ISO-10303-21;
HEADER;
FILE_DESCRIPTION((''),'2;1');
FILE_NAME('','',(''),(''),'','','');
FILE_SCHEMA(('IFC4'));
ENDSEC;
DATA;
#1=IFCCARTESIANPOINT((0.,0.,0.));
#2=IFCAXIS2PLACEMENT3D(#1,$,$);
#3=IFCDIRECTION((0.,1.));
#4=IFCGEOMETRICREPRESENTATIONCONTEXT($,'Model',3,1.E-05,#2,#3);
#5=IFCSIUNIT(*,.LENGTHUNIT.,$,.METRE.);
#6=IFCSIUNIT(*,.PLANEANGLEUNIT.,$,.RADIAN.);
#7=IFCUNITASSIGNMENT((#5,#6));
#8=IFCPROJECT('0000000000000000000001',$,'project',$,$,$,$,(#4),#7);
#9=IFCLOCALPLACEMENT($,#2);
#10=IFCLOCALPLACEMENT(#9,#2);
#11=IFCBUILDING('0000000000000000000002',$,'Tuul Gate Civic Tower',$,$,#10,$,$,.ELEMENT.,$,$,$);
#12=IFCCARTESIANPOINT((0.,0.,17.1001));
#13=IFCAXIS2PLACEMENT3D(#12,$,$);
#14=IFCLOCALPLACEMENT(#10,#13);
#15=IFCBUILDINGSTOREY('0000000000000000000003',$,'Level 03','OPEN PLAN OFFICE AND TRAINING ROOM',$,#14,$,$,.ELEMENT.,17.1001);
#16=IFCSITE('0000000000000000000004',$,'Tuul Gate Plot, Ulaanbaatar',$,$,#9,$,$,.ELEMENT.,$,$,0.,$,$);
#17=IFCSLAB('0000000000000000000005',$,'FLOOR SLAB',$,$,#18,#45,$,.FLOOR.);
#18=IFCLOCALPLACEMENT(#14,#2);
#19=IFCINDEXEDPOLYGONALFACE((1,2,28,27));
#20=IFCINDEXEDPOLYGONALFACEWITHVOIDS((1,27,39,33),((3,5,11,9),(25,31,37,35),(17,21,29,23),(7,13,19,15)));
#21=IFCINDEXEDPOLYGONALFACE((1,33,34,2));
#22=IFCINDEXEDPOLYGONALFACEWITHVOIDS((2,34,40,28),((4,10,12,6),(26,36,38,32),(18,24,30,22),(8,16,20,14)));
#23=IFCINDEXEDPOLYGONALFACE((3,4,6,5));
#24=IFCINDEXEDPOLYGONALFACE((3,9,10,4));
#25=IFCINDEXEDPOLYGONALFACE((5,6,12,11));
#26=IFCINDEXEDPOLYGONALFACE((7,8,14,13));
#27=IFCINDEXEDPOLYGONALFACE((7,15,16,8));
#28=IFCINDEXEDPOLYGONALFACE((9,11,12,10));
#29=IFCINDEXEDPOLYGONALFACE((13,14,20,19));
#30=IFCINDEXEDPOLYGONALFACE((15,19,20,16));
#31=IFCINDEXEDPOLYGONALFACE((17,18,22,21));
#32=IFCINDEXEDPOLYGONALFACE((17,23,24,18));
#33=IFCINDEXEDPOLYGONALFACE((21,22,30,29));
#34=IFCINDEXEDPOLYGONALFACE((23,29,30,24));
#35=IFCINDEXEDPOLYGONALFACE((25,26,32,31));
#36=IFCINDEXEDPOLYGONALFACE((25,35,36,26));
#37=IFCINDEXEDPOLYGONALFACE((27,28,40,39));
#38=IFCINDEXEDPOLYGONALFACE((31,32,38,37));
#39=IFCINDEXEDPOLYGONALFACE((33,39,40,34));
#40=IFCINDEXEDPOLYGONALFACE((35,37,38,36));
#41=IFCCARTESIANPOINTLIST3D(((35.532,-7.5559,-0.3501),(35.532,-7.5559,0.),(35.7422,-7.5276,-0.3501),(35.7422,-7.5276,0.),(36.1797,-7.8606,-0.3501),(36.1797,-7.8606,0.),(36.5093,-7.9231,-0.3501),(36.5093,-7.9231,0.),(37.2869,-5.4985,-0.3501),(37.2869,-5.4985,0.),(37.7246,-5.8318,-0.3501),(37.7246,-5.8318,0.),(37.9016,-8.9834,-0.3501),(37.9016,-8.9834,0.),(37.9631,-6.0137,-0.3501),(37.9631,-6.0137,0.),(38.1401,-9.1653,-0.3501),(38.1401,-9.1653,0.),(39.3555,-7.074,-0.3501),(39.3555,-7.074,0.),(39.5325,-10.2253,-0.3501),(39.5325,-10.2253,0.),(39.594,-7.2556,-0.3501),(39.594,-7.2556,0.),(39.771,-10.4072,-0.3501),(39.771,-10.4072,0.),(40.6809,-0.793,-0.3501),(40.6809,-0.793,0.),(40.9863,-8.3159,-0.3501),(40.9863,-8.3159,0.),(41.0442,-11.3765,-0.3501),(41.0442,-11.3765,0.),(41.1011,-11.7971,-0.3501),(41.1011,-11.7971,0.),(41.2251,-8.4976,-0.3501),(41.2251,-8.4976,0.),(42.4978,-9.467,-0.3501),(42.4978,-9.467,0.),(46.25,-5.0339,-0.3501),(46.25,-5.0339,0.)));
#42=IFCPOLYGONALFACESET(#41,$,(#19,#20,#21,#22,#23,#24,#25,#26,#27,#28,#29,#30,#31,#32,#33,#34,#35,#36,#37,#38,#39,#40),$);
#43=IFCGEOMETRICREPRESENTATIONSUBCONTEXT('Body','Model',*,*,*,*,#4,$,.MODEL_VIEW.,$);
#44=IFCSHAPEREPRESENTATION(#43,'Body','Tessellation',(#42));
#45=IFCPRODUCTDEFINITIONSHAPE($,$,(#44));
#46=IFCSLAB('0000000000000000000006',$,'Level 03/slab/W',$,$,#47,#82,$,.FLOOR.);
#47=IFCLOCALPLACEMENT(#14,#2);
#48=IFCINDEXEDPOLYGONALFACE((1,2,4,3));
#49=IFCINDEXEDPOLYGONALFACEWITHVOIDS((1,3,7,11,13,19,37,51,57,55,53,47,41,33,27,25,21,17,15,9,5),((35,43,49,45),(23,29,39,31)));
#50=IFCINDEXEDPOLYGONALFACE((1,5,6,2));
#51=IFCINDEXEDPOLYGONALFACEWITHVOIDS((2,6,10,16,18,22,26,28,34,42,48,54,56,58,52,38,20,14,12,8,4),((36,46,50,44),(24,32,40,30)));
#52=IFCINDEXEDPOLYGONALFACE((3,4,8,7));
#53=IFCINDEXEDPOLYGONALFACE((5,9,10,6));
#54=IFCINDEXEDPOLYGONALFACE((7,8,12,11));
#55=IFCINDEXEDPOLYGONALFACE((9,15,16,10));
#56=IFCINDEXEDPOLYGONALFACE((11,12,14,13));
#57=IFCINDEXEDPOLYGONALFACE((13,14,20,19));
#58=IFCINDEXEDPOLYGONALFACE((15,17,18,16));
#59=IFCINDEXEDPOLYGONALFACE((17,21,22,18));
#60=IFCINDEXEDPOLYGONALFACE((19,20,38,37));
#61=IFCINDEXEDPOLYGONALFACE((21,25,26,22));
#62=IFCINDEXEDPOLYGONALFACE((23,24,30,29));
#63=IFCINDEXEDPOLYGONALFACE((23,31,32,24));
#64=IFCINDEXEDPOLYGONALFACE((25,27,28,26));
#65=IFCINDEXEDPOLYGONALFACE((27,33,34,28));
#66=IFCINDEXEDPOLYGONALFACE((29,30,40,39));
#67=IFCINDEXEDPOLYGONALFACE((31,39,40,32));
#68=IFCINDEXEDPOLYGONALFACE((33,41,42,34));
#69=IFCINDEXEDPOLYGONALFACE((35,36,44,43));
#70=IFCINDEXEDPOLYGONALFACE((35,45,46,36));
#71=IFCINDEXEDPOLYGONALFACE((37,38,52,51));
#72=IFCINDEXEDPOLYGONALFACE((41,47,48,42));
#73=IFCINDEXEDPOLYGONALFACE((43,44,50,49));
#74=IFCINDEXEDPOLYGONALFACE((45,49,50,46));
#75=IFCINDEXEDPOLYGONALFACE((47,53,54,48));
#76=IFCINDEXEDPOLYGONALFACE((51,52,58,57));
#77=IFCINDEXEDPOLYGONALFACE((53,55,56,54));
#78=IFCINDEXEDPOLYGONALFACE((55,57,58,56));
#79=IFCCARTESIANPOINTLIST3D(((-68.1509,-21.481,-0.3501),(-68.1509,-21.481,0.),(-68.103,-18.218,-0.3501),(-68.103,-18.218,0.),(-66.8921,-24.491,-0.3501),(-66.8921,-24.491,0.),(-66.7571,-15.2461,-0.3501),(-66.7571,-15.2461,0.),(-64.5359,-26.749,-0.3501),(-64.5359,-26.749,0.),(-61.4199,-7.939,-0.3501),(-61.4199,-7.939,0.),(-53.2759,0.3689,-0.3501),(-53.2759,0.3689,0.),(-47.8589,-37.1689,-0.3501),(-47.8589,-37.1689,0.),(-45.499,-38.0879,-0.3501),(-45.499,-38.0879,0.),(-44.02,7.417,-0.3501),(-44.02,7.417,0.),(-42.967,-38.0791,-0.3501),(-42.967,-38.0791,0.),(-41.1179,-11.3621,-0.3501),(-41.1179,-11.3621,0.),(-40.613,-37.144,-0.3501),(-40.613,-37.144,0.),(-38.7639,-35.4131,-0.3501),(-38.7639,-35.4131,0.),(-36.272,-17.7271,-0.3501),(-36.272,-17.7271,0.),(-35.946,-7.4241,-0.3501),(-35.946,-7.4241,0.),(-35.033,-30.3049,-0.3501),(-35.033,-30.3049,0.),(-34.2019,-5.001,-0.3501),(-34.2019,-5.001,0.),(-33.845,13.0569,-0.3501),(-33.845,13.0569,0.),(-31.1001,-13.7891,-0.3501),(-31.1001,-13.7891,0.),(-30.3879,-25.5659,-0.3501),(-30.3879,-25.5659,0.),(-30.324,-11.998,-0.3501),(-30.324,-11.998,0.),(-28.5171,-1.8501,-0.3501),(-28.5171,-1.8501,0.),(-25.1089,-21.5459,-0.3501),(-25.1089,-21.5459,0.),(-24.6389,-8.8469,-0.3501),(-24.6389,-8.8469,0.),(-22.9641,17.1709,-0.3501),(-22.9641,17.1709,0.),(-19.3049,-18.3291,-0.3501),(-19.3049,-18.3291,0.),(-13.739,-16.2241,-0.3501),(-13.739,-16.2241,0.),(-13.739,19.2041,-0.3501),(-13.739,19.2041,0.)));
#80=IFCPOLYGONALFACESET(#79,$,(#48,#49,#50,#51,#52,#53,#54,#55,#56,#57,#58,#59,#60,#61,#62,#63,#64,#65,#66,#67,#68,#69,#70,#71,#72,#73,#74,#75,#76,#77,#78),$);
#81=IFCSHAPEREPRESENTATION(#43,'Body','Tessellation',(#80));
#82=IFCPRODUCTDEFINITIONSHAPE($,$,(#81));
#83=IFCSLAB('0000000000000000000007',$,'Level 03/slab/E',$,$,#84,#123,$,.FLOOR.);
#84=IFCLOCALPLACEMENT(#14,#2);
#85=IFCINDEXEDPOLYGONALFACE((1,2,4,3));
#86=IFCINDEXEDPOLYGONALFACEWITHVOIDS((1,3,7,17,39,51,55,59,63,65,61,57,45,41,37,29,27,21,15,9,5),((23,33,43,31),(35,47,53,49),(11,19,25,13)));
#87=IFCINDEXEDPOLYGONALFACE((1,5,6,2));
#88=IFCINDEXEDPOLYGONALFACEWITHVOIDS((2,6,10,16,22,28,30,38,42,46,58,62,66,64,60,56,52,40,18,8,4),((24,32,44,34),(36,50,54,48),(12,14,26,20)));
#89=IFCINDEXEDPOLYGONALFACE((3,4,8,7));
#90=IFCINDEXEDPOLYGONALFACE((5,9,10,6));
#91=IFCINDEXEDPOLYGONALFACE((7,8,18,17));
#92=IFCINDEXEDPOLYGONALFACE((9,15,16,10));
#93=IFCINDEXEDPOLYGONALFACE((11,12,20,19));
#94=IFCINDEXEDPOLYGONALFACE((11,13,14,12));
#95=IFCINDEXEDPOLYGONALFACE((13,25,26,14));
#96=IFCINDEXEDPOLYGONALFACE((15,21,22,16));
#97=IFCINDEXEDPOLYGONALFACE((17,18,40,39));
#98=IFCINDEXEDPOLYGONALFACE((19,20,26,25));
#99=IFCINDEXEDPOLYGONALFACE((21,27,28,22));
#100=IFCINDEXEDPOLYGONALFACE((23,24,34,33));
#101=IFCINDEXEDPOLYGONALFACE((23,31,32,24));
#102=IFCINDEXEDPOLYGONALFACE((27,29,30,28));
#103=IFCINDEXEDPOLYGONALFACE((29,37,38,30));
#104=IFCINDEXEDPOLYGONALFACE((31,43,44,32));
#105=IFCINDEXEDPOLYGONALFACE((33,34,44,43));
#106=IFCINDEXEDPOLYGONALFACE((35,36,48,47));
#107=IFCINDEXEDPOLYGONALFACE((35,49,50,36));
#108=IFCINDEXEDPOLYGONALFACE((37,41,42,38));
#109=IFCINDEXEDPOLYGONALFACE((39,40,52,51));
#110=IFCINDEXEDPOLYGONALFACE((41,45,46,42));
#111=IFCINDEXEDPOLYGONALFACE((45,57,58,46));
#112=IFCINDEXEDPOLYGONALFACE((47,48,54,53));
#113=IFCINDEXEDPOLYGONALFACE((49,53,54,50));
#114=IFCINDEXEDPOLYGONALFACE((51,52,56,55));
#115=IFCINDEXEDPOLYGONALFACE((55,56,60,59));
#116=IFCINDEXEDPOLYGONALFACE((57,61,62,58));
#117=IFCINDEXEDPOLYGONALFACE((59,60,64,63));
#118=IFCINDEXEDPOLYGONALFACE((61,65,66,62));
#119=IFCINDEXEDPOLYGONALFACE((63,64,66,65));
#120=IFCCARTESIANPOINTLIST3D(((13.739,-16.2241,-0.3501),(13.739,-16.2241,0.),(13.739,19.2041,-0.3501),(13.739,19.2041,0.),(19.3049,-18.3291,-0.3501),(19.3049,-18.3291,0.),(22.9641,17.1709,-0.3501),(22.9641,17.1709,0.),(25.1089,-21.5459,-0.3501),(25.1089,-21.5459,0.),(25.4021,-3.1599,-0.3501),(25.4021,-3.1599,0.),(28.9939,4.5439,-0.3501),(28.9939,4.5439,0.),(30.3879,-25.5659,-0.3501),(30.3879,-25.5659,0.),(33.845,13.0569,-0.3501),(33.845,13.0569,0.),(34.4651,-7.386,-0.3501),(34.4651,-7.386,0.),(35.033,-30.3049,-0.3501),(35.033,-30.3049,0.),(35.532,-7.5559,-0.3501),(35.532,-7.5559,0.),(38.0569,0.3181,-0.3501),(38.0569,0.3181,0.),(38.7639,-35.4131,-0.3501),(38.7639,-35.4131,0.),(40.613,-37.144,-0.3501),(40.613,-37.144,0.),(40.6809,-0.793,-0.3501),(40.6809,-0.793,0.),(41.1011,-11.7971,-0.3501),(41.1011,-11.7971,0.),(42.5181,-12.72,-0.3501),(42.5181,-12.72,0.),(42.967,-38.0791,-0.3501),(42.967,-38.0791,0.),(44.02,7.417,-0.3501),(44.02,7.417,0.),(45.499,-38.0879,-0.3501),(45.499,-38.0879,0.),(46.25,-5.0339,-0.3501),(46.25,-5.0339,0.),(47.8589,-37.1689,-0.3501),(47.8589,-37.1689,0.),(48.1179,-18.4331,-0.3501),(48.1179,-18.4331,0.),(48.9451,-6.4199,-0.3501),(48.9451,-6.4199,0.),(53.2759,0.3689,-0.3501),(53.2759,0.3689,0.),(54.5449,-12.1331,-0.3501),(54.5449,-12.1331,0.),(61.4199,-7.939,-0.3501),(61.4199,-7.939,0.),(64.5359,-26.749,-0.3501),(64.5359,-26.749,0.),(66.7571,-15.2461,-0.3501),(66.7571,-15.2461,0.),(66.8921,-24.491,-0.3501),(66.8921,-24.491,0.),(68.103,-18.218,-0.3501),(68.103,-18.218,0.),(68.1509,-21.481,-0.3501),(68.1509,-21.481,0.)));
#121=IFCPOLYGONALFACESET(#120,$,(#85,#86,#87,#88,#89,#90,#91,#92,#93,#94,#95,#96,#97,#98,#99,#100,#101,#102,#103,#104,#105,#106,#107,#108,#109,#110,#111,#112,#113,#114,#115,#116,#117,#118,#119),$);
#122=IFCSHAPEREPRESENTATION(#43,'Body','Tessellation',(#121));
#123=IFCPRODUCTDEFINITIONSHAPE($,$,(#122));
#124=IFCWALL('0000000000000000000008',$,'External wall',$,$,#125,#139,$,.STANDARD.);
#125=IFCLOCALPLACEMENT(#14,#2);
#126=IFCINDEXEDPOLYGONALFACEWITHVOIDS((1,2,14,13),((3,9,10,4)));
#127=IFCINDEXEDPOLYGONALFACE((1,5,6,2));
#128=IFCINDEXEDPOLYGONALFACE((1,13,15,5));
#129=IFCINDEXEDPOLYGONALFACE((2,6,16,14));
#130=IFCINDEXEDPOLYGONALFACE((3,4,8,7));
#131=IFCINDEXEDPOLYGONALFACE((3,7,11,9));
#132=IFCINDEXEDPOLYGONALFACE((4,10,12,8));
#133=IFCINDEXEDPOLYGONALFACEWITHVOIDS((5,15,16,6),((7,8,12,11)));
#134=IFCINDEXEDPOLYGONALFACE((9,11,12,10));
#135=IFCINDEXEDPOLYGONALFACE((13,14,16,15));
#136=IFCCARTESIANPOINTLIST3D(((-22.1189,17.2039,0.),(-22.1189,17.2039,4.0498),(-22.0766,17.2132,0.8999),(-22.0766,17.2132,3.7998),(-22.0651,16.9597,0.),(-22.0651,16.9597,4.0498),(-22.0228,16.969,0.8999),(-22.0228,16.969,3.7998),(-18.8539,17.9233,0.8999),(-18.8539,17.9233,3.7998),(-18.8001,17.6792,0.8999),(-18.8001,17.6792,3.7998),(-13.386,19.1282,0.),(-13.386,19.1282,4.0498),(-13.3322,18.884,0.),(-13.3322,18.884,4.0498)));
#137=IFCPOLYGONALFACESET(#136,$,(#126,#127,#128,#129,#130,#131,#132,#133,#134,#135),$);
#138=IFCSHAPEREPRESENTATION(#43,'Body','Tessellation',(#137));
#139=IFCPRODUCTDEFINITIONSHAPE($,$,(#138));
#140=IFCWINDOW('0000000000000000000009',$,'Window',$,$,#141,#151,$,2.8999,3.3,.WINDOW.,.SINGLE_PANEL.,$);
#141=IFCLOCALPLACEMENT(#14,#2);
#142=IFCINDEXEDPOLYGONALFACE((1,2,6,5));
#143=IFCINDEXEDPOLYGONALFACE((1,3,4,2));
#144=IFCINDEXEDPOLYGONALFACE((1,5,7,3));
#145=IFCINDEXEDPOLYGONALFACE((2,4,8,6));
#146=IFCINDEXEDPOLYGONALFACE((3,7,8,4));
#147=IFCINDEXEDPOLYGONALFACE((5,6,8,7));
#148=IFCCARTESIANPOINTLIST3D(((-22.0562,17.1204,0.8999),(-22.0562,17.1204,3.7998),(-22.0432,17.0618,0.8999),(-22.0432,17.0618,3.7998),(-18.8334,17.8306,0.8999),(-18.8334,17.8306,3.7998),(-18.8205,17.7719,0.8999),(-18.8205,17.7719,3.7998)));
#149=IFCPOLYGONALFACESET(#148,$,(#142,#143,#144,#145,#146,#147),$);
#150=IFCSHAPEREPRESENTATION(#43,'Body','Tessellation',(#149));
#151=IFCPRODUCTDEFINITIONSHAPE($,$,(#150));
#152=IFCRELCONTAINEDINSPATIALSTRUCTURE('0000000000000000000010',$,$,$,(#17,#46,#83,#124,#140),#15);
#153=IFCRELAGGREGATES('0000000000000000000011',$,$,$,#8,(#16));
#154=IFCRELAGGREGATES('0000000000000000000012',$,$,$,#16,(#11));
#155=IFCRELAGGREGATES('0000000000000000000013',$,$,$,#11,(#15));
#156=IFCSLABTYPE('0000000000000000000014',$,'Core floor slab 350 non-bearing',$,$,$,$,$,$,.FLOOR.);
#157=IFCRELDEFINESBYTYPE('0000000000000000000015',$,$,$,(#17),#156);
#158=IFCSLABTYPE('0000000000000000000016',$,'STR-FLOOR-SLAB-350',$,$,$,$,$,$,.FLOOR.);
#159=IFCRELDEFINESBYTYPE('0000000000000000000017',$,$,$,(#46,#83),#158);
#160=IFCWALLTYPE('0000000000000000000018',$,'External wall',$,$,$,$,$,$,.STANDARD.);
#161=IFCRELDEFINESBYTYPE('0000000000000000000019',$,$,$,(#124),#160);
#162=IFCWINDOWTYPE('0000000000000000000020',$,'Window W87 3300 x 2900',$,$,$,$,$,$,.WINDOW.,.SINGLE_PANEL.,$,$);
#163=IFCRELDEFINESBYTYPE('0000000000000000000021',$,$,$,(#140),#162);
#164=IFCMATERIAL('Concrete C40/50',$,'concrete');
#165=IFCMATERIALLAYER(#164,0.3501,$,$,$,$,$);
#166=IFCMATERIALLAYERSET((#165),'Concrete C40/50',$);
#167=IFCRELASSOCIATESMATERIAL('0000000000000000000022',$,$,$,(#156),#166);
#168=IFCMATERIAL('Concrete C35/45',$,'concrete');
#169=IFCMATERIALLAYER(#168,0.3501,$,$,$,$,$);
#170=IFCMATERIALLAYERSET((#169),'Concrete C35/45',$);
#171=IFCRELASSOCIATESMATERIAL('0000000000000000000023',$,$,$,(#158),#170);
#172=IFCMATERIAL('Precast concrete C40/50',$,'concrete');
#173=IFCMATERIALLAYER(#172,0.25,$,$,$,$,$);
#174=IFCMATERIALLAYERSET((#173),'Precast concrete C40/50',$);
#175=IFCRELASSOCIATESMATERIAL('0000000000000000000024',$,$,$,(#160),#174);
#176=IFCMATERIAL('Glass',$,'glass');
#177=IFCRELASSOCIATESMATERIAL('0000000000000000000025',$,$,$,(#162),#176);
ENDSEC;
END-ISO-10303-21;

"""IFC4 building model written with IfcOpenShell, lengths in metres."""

from ifc_helpers import new_model, si_unit, direction, frame, frame_2d, origin, place, context, subcontext, project, spatial, polyline, rectangle, outline, extrude, material, layer, layer_set, type_object, element, fill, save


model = new_model("IFC4")

# Units and contexts
model_context = context("Model", 3, precision=1e-05, world=origin(), true_north=direction((0.0, 1.0)))
body_context = subcontext(model_context, "Body", "Model", "MODEL_VIEW")
ifc_project = project(units=[si_unit("LENGTHUNIT", "METRE"), si_unit("PLANEANGLEUNIT", "RADIAN")], contexts=[model_context])

# Site, building, storey
site_placement = place(None, origin())
site = spatial("IfcSite", under=ifc_project, at=site_placement, Name="Tuul Gate Plot, Ulaanbaatar", CompositionType="ELEMENT", RefElevation=0.0)
building_placement = place(site_placement, origin())
building = spatial("IfcBuilding", under=site, at=building_placement, Name="Tuul Gate Civic Tower", CompositionType="ELEMENT")
storey_placement = place(building_placement, frame((0.0, 0.0, 17.1001)))
storey = spatial("IfcBuildingStorey", under=building, at=storey_placement, Name="Level 03", Description="OPEN PLAN OFFICE AND TRAINING ROOM", CompositionType="ELEMENT", Elevation=17.1001)

# Slabs
ifc_material_1 = material(Name="Concrete C40/50", Category="concrete")
ifc_layer_1 = layer(ifc_material_1, 0.3501)
ifc_layer_set_1 = layer_set([ifc_layer_1], Name="Concrete C40/50")
slab_type_1 = type_object("IfcSlabType", Name="Core floor slab 350 non-bearing", PredefinedType="FLOOR", material=ifc_layer_set_1)
slab_1_placement = place(storey_placement, frame((0.0, 0.0, -0.3501)))
element("IfcSlab", 1, at=slab_1_placement, inside=storey, type_object=slab_type_1, Name="FLOOR SLAB", PredefinedType="FLOOR", context=body_context, shape_type="SweptSolid", body=[
    extrude(outline(polyline([(41.1011, -11.7971), (46.25, -5.0339), (40.6809, -0.793), (35.532, -7.5559), (41.1011, -11.7971)]), holes=[polyline([(41.0442, -11.3765), (42.4978, -9.467), (41.2251, -8.4976), (39.771, -10.4072), (41.0442, -11.3765)]), polyline([(39.5325, -10.2253), (40.9863, -8.3159), (39.594, -7.2556), (38.1401, -9.1653), (39.5325, -10.2253)]), polyline([(37.9016, -8.9834), (39.3555, -7.074), (37.9631, -6.0137), (36.5093, -7.9231), (37.9016, -8.9834)]), polyline([(36.1797, -7.8606), (37.7246, -5.8318), (37.2869, -5.4985), (35.7422, -7.5276), (36.1797, -7.8606)])]), origin(), (0.0, 0.0, 1.0), 0.3501),
])
ifc_material_2 = material(Name="Concrete C35/45", Category="concrete")
ifc_layer_2 = layer(ifc_material_2, 0.3501)
ifc_layer_set_2 = layer_set([ifc_layer_2], Name="Concrete C35/45")
slab_type_2 = type_object("IfcSlabType", Name="STR-FLOOR-SLAB-350", PredefinedType="FLOOR", material=ifc_layer_set_2)
slab_2_placement = place(storey_placement, frame((0.0, 0.0, -0.3501)))
element("IfcSlab", 2, at=slab_2_placement, inside=storey, type_object=slab_type_2, Name="Level 03/slab/W", PredefinedType="FLOOR", context=body_context, shape_type="SweptSolid", body=[
    extrude(outline(polyline([(-25.1089, -21.5459), (-19.3049, -18.3291), (-13.739, -16.2241), (-13.739, 19.2041), (-22.9641, 17.1709), (-33.845, 13.0569), (-44.02, 7.417), (-53.2759, 0.3689), (-61.4199, -7.939), (-66.7571, -15.2461), (-68.103, -18.218), (-68.1509, -21.481), (-66.8921, -24.491), (-64.5359, -26.749), (-47.8589, -37.1689), (-45.499, -38.0879), (-42.967, -38.0791), (-40.613, -37.144), (-38.7639, -35.4131), (-35.033, -30.3049), (-30.3879, -25.5659), (-25.1089, -21.5459)]), holes=[polyline([(-31.1001, -13.7891), (-36.272, -17.7271), (-41.1179, -11.3621), (-35.946, -7.4241), (-31.1001, -13.7891)]), polyline([(-30.324, -11.998), (-34.2019, -5.001), (-28.5171, -1.8501), (-24.6389, -8.8469), (-30.324, -11.998)])]), origin(), (0.0, 0.0, 1.0), 0.3501),
])
slab_3_placement = place(storey_placement, frame((0.0, 0.0, -0.3501)))
element("IfcSlab", 3, at=slab_3_placement, inside=storey, type_object=slab_type_2, Name="Level 03/slab/E", PredefinedType="FLOOR", context=body_context, shape_type="SweptSolid", body=[
    extrude(outline(polyline([(33.845, 13.0569), (22.9641, 17.1709), (13.739, 19.2041), (13.739, -16.2241), (19.3049, -18.3291), (25.1089, -21.5459), (30.3879, -25.5659), (35.033, -30.3049), (38.7639, -35.4131), (40.613, -37.144), (42.967, -38.0791), (45.499, -38.0879), (47.8589, -37.1689), (64.5359, -26.749), (66.8921, -24.491), (68.1509, -21.481), (68.103, -18.218), (66.7571, -15.2461), (61.4199, -7.939), (53.2759, 0.3689), (44.02, 7.417), (33.845, 13.0569)]), holes=[polyline([(42.5181, -12.72), (48.9451, -6.4199), (54.5449, -12.1331), (48.1179, -18.4331), (42.5181, -12.72)]), polyline([(41.1011, -11.7971), (35.532, -7.5559), (40.6809, -0.793), (46.25, -5.0339), (41.1011, -11.7971)]), polyline([(25.4021, -3.1599), (28.9939, 4.5439), (38.0569, 0.3181), (34.4651, -7.386), (25.4021, -3.1599)])]), origin(), (0.0, 0.0, 1.0), 0.3501),
])

# Wall, opening, window
ifc_material_3 = material(Name="Precast concrete C40/50", Category="concrete")
ifc_layer_3 = layer(ifc_material_3, 0.25)
ifc_layer_set_3 = layer_set([ifc_layer_3], Name="Precast concrete C40/50")
wall_type = type_object("IfcWallType", Name="External wall", PredefinedType="STANDARD", material=ifc_layer_set_3)
wall_placement = place(storey_placement, frame((-13.3591, 19.0061, 0.0), z_axis=(0.0, 0.0, 1.0), x_axis=(-0.976572, -0.21519, 0.0)))
wall = element("IfcWall", 4, at=wall_placement, inside=storey, type_object=wall_type, Name="External wall", PredefinedType="STANDARD", context=body_context, shape_type="SweptSolid", body=[
    extrude(rectangle(XDim=8.9424, YDim=0.25, at=frame_2d((4.4712, 0.0))), origin(), (0.0, 0.0, 1.0), 4.0498),
])
opening_placement = place(wall_placement, frame((5.5991, 0.0, 0.8999)))
opening = element("IfcOpeningElement", 5, at=opening_placement, cuts=wall, PredefinedType="OPENING", context=body_context, shape_type="SweptSolid", body=[
    extrude(rectangle(XDim=3.3, YDim=2.8999, at=frame_2d((1.6499, 1.45))), frame((0.0, 0.135, 0.0), z_axis=(0.0, -1.0, 0.0), x_axis=(1.0, 0.0, 0.0)), (0.0, 0.0, 1.0), 0.27),
])
ifc_material_4 = material(Name="Glass", Category="glass")
window_type = type_object("IfcWindowType", Name="Window W87 3300 x 2900", PartitioningType="SINGLE_PANEL", PredefinedType="WINDOW", material=ifc_material_4)
window_placement = place(opening_placement, origin())
window = element("IfcWindow", 6, at=window_placement, inside=storey, type_object=window_type, Name="Window", OverallHeight=2.8999, OverallWidth=3.3, PartitioningType="SINGLE_PANEL", PredefinedType="WINDOW", context=body_context, shape_type="SweptSolid", body=[
    extrude(rectangle(XDim=3.3, YDim=2.8999, at=frame_2d((1.6499, 1.45))), frame((0.0, 0.03, 0.0), z_axis=(0.0, -1.0, 0.0), x_axis=(1.0, 0.0, 0.0)), (0.0, 0.0, 1.0), 0.0601),
])
fill(opening, window)

save(model, "model.ifc")
